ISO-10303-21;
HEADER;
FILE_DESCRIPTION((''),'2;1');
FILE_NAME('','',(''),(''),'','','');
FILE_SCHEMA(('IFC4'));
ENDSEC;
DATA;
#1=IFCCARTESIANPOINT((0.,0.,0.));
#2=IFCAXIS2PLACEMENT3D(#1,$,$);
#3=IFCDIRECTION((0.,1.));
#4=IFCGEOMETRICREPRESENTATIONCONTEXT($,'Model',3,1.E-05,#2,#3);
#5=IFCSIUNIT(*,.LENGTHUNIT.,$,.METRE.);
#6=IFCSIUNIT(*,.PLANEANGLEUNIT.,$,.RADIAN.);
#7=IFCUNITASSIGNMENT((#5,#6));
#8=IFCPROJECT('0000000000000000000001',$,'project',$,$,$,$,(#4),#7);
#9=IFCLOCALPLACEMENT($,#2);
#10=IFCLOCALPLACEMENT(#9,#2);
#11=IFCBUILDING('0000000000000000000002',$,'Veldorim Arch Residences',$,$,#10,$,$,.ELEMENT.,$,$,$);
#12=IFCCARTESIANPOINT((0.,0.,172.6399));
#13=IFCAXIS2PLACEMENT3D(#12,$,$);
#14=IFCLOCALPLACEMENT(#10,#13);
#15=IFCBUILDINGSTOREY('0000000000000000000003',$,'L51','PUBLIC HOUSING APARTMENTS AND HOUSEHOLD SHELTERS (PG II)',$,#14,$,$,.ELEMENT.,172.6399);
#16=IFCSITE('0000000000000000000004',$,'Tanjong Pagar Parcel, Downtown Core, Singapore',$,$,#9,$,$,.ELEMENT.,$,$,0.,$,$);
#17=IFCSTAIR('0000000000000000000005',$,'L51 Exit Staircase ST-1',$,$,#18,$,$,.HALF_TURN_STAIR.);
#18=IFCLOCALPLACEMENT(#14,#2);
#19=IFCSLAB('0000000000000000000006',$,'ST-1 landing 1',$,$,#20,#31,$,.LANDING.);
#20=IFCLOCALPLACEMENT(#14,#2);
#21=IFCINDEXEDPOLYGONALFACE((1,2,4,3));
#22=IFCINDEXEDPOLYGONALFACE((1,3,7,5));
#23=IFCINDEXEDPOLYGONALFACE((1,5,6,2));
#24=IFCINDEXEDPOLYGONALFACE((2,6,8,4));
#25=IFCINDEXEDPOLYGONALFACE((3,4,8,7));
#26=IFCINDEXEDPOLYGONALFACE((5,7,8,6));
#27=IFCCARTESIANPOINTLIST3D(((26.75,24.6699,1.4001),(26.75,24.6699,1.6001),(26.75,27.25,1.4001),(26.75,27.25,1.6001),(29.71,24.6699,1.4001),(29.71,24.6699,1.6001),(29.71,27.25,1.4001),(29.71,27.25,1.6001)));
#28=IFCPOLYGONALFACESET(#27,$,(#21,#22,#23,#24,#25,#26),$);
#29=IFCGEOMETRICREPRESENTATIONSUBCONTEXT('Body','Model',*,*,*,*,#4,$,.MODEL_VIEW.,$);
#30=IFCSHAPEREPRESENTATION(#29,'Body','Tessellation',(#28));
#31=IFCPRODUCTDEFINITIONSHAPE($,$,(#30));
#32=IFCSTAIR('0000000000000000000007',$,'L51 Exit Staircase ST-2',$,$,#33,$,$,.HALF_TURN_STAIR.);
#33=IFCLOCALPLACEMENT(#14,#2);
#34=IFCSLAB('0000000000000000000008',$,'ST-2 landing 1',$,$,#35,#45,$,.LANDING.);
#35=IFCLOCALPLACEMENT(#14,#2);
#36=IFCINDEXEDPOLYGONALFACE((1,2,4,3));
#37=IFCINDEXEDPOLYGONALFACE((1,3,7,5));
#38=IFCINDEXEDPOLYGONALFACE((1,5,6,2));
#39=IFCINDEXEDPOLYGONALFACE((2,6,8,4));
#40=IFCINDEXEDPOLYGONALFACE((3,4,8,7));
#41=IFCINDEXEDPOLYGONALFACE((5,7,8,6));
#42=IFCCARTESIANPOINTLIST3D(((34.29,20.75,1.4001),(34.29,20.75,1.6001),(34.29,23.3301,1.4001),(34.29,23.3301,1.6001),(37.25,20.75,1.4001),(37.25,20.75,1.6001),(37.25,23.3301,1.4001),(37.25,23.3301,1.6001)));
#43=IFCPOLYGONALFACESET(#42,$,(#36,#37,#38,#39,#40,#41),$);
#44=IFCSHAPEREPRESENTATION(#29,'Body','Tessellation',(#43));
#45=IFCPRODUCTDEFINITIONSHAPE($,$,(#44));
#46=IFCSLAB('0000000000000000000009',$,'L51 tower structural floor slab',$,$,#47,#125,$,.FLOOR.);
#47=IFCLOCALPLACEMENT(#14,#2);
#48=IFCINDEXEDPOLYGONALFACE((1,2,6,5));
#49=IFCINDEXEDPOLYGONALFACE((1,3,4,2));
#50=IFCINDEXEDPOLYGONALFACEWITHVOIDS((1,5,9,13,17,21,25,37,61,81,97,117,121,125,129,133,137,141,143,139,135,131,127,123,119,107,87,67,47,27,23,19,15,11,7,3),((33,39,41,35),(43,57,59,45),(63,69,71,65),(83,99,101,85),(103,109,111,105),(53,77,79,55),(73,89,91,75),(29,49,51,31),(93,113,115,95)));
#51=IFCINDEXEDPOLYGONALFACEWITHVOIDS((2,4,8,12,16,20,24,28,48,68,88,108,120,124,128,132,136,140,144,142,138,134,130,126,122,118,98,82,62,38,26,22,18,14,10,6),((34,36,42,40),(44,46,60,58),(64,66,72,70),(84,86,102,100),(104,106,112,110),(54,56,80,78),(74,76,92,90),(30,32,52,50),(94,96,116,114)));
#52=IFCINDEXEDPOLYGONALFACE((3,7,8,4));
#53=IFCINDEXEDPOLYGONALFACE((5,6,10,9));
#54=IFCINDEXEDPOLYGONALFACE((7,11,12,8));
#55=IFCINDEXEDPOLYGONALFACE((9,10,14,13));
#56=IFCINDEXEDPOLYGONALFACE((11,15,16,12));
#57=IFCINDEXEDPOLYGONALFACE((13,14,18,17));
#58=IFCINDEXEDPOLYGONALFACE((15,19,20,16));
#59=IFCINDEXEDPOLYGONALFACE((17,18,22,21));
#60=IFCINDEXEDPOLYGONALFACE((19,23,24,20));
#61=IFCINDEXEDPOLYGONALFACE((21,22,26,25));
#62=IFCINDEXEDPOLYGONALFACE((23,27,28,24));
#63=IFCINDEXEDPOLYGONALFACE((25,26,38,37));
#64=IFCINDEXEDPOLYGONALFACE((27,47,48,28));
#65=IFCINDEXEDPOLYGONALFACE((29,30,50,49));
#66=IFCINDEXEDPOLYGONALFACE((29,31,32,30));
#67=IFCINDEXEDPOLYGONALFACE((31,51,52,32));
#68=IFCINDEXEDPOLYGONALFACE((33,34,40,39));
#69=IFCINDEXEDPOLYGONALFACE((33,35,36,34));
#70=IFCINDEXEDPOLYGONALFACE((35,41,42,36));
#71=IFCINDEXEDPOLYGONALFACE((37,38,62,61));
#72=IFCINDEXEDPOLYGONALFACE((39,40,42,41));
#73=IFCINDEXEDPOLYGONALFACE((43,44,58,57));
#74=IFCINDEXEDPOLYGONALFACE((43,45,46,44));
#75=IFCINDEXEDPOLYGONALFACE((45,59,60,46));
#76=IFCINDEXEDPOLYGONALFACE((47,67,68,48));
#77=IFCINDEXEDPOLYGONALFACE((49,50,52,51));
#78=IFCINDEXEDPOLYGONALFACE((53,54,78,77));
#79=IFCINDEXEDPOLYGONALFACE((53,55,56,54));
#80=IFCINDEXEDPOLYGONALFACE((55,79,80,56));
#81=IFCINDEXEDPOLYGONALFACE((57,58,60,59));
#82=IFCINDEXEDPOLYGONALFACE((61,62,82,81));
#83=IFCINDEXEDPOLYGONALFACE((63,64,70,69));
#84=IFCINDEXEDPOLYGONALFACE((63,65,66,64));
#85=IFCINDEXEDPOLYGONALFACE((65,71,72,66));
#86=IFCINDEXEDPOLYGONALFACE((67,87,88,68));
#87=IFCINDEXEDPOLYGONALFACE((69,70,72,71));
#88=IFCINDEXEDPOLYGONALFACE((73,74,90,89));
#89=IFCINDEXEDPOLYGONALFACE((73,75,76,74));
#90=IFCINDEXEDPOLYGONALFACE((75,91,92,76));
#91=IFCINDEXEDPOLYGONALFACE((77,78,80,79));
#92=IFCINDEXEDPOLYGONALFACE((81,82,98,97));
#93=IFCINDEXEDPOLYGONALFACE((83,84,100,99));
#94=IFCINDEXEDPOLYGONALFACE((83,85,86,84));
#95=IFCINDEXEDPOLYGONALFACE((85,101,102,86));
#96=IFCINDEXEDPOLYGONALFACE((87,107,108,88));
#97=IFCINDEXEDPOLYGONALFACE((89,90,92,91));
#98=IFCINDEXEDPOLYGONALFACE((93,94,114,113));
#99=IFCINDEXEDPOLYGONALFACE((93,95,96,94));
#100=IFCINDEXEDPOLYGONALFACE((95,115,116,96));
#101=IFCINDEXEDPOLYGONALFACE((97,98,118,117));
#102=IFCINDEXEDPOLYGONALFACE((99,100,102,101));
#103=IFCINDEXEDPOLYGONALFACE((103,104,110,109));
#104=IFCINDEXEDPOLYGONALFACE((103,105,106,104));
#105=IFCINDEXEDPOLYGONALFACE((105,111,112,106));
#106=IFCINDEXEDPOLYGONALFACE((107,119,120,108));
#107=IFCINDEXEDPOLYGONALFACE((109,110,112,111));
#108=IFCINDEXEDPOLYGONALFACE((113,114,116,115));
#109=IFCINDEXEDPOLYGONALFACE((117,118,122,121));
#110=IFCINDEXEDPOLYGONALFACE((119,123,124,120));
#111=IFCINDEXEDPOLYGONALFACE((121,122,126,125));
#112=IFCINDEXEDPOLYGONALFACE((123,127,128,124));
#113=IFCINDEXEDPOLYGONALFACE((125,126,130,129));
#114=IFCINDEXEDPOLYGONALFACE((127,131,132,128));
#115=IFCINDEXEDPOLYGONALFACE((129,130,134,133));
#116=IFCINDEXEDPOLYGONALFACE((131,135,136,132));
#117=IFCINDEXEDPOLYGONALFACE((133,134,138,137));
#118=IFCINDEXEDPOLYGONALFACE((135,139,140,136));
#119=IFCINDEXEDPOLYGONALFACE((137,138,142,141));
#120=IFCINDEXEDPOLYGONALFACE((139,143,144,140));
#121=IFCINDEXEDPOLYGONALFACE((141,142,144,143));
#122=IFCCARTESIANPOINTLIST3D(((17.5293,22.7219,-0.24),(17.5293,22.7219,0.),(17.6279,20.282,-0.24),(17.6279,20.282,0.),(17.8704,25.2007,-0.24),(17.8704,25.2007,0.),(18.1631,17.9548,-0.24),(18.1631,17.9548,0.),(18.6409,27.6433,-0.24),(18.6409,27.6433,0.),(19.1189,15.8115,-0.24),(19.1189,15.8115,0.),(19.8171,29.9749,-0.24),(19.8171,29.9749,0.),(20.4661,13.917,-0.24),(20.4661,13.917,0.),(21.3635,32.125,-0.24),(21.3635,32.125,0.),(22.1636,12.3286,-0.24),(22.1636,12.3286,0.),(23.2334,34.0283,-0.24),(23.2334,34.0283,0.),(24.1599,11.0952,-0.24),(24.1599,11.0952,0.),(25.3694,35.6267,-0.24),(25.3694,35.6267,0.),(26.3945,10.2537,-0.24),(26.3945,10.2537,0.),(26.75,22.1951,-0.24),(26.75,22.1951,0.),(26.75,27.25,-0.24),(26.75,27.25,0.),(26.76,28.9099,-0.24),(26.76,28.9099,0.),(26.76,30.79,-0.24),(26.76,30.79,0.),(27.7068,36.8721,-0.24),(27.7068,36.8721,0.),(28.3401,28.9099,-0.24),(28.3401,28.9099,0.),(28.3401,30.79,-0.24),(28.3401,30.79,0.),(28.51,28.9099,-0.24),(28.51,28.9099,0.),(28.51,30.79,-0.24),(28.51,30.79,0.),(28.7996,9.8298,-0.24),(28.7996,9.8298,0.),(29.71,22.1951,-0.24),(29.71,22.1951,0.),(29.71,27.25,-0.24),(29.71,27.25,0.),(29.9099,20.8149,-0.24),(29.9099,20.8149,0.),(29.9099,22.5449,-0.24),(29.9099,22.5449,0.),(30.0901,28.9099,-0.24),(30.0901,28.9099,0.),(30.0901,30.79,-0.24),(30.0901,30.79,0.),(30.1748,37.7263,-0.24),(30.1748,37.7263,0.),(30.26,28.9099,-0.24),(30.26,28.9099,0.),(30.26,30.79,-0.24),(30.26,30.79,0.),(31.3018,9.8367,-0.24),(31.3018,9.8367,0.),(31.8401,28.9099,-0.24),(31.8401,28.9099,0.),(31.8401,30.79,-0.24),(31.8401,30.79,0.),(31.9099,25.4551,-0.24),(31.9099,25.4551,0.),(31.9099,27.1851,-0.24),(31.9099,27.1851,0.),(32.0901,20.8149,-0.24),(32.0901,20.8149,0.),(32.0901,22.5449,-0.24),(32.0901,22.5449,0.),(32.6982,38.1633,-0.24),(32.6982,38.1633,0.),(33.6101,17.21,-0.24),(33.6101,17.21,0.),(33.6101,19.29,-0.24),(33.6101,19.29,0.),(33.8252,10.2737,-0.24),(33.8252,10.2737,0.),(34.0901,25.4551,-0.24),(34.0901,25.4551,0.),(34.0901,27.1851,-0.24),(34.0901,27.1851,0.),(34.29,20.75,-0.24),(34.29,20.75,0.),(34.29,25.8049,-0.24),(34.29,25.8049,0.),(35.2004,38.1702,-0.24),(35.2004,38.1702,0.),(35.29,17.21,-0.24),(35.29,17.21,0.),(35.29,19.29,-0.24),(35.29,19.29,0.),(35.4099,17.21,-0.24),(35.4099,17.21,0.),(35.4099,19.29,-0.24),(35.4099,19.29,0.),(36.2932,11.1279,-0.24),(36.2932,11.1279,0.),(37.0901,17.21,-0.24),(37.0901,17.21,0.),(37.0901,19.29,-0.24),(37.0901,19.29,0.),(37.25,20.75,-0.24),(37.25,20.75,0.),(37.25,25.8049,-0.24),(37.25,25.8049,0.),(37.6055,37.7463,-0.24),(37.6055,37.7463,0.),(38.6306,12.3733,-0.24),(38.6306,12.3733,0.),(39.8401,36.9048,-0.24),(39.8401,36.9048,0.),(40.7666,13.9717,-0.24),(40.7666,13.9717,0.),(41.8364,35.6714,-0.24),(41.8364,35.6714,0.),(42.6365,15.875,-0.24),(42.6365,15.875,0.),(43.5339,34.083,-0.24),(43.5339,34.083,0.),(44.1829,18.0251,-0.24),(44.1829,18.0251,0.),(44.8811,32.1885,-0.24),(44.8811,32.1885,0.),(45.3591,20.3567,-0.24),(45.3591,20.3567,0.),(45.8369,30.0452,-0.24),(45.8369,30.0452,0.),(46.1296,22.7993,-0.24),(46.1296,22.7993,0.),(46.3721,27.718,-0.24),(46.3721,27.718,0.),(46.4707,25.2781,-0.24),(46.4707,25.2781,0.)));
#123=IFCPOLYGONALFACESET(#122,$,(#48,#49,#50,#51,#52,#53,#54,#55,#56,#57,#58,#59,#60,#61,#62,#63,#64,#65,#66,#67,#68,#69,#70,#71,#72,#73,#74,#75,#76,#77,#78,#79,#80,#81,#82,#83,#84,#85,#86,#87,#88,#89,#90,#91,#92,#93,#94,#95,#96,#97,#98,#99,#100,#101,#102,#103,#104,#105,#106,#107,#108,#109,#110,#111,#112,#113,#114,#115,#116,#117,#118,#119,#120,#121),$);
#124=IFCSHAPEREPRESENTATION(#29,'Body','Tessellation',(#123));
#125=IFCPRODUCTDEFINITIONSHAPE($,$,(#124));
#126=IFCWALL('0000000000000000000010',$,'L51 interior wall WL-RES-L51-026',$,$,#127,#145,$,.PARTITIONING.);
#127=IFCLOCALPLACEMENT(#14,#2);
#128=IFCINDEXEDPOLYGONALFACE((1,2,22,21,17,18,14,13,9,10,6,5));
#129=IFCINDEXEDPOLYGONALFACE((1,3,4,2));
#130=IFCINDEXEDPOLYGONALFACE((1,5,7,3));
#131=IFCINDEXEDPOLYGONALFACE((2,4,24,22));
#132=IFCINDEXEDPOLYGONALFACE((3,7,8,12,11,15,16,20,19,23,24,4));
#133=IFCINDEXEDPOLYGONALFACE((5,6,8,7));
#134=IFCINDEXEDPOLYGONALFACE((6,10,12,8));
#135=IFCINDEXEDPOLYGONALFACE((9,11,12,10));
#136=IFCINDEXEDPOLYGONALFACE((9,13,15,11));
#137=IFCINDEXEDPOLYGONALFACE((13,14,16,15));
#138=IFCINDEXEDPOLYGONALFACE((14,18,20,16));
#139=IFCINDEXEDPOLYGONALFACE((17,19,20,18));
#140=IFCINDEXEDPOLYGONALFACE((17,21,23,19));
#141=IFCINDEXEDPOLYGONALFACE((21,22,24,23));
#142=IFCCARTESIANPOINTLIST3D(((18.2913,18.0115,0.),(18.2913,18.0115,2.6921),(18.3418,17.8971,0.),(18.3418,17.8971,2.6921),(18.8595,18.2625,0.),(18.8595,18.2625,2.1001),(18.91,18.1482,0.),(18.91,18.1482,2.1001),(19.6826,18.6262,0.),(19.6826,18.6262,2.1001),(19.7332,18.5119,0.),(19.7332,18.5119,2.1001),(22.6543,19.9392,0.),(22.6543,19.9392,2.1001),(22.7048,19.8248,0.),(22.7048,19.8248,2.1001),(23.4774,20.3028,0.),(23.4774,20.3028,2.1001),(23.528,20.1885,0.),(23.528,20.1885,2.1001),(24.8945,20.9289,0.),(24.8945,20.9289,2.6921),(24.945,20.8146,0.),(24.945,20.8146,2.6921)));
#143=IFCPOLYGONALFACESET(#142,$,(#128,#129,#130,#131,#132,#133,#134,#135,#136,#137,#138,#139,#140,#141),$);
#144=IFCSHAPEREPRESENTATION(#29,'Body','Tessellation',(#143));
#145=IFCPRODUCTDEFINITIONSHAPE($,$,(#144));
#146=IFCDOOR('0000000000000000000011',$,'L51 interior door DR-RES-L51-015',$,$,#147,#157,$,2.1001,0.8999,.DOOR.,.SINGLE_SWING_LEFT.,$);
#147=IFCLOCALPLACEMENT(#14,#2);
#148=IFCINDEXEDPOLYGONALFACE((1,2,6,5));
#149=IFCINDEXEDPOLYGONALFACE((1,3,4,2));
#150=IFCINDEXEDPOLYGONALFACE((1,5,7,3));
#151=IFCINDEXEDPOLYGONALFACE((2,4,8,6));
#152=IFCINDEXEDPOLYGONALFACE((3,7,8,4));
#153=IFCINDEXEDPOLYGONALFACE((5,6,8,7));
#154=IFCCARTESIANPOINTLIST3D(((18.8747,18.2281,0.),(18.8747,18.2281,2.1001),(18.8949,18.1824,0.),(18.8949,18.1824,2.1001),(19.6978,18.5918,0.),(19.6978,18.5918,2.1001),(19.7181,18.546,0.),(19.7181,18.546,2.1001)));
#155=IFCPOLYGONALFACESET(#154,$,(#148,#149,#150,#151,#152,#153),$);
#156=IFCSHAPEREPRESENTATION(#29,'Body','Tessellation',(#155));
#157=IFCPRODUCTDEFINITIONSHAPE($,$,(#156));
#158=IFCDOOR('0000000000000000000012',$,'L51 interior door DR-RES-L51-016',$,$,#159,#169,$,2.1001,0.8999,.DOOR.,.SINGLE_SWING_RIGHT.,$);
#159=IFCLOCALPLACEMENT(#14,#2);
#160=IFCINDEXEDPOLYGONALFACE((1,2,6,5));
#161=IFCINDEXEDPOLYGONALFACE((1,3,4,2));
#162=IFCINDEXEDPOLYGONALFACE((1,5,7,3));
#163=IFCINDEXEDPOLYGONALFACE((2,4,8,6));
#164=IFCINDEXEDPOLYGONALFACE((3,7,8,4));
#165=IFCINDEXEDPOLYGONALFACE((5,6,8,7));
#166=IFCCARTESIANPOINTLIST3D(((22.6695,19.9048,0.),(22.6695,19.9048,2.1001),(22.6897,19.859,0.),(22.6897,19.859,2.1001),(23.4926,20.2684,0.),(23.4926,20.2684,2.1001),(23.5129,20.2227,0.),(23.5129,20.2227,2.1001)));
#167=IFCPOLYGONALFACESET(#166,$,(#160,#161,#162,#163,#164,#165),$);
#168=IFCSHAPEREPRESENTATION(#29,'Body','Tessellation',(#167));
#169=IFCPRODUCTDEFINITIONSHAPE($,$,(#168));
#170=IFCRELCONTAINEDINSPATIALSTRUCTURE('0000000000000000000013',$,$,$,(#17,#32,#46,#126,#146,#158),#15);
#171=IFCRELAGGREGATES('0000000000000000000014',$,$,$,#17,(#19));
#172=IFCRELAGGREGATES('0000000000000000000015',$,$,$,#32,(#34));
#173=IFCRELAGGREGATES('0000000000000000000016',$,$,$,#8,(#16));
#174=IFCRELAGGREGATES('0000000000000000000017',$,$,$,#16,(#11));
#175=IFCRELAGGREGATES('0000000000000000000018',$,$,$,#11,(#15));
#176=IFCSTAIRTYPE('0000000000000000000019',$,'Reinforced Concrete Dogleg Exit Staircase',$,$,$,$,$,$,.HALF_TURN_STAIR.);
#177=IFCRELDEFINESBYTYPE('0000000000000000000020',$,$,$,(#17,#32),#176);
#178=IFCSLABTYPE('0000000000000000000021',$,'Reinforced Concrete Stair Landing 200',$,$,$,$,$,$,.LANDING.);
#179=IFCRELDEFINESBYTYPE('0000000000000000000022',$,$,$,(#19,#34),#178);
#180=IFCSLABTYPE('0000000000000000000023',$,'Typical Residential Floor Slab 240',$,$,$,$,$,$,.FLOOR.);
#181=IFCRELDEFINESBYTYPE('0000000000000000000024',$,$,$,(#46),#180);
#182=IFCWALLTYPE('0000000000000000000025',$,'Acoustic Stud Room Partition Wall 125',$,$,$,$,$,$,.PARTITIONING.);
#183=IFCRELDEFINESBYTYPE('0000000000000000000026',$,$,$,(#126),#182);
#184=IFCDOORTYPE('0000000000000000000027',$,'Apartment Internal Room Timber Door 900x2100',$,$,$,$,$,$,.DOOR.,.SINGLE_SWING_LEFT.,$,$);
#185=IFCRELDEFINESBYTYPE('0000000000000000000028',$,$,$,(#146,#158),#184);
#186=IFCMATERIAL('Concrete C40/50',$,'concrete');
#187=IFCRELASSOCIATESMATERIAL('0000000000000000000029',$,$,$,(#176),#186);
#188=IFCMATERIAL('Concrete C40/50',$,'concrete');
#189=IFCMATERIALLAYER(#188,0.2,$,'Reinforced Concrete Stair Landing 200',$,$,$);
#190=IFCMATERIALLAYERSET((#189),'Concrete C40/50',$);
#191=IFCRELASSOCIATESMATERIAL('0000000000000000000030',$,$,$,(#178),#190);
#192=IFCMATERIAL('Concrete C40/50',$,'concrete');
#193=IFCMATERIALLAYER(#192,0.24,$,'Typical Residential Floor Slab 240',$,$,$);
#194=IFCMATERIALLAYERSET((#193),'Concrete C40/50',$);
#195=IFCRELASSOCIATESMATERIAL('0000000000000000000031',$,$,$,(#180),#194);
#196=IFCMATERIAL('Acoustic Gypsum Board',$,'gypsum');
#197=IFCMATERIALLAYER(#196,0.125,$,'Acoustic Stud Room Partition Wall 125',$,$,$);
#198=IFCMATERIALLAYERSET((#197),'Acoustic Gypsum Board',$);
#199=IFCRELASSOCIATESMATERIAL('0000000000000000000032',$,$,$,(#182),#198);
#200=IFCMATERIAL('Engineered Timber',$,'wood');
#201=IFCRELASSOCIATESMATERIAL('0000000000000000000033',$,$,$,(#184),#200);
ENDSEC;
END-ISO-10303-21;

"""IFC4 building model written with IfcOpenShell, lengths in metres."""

from ifc_helpers import new_model, si_unit, direction, frame, frame_2d, origin, place, context, subcontext, project, spatial, polyline, rectangle, outline, extrude, material, layer, layer_set, type_object, element, fill, aggregate, save


model = new_model("IFC4")

# Units and contexts
model_context = context("Model", 3, precision=1e-05, world=origin(), true_north=direction((0.0, 1.0)))
body_context = subcontext(model_context, "Body", "Model", "MODEL_VIEW")
ifc_project = project(units=[si_unit("LENGTHUNIT", "METRE"), si_unit("PLANEANGLEUNIT", "RADIAN")], contexts=[model_context])

# Site, building, storey
site_placement = place(None, origin())
site = spatial("IfcSite", under=ifc_project, at=site_placement, Name="Tanjong Pagar Parcel, Downtown Core, Singapore", CompositionType="ELEMENT", RefElevation=0.0)
building_placement = place(site_placement, origin())
building = spatial("IfcBuilding", under=site, at=building_placement, Name="Veldorim Arch Residences", CompositionType="ELEMENT")
storey_placement = place(building_placement, frame((0.0, 0.0, 172.6399)))
storey = spatial("IfcBuildingStorey", under=building, at=storey_placement, Name="L51", Description="PUBLIC HOUSING APARTMENTS AND HOUSEHOLD SHELTERS (PG II)", CompositionType="ELEMENT", Elevation=172.6399)

# Stairs, slabs
ifc_material_1 = material(Name="Concrete C40/50", Category="concrete")
stair_type = type_object("IfcStairType", Name="Reinforced Concrete Dogleg Exit Staircase", PredefinedType="HALF_TURN_STAIR", material=ifc_material_1)
stair_1_placement = place(storey_placement, origin())
stair_1 = element("IfcStair", 1, at=stair_1_placement, inside=storey, type_object=stair_type, Name="L51 Exit Staircase ST-1", PredefinedType="HALF_TURN_STAIR")
ifc_material_2 = material(Name="Concrete C40/50", Category="concrete")
ifc_layer_1 = layer(ifc_material_2, 0.2, Name="Reinforced Concrete Stair Landing 200")
ifc_layer_set_1 = layer_set([ifc_layer_1], Name="Concrete C40/50")
slab_type_1 = type_object("IfcSlabType", Name="Reinforced Concrete Stair Landing 200", PredefinedType="LANDING", material=ifc_layer_set_1)
slab_1_placement = place(storey_placement, frame((0.0, 0.0, 1.4001)))
slab_1 = element("IfcSlab", 2, at=slab_1_placement, type_object=slab_type_1, Name="ST-1 landing 1", PredefinedType="LANDING", context=body_context, shape_type="SweptSolid", body=[
    extrude(outline(polyline([(29.71, 24.6699), (29.71, 27.25), (26.75, 27.25), (26.75, 24.6699), (29.71, 24.6699)])), origin(), (0.0, 0.0, 1.0), 0.2),
])
aggregate(stair_1, [slab_1])
stair_2_placement = place(storey_placement, origin())
stair_2 = element("IfcStair", 3, at=stair_2_placement, inside=storey, type_object=stair_type, Name="L51 Exit Staircase ST-2", PredefinedType="HALF_TURN_STAIR")
slab_2_placement = place(storey_placement, frame((0.0, 0.0, 1.4001)))
slab_2 = element("IfcSlab", 4, at=slab_2_placement, type_object=slab_type_1, Name="ST-2 landing 1", PredefinedType="LANDING", context=body_context, shape_type="SweptSolid", body=[
    extrude(outline(polyline([(34.29, 23.3301), (34.29, 20.75), (37.25, 20.75), (37.25, 23.3301), (34.29, 23.3301)])), origin(), (0.0, 0.0, 1.0), 0.2),
])
aggregate(stair_2, [slab_2])

# Slab
ifc_material_3 = material(Name="Concrete C40/50", Category="concrete")
ifc_layer_2 = layer(ifc_material_3, 0.24, Name="Typical Residential Floor Slab 240")
ifc_layer_set_2 = layer_set([ifc_layer_2], Name="Concrete C40/50")
slab_type_2 = type_object("IfcSlabType", Name="Typical Residential Floor Slab 240", PredefinedType="FLOOR", material=ifc_layer_set_2)
slab_3_placement = place(storey_placement, frame((0.0, 0.0, -0.24)))
element("IfcSlab", 5, at=slab_3_placement, inside=storey, type_object=slab_type_2, Name="L51 tower structural floor slab", PredefinedType="FLOOR", context=body_context, shape_type="SweptSolid", body=[
    extrude(outline(polyline([(43.5339, 34.083), (41.8364, 35.6714), (39.8401, 36.9048), (37.6055, 37.7463), (35.2004, 38.1702), (32.6982, 38.1633), (30.1748, 37.7263), (27.7068, 36.8721), (25.3694, 35.6267), (23.2334, 34.0283), (21.3635, 32.125), (19.8171, 29.9749), (18.6409, 27.6433), (17.8704, 25.2007), (17.5293, 22.7219), (17.6279, 20.282), (18.1631, 17.9548), (19.1189, 15.8115), (20.4661, 13.917), (22.1636, 12.3286), (24.1599, 11.0952), (26.3945, 10.2537), (28.7996, 9.8298), (31.3018, 9.8367), (33.8252, 10.2737), (36.2932, 11.1279), (38.6306, 12.3733), (40.7666, 13.9717), (42.6365, 15.875), (44.1829, 18.0251), (45.3591, 20.3567), (46.1296, 22.7993), (46.4707, 25.2781), (46.3721, 27.718), (45.8369, 30.0452), (44.8811, 32.1885), (43.5339, 34.083)]), holes=[polyline([(33.6101, 17.21), (33.6101, 19.29), (35.29, 19.29), (35.29, 17.21), (33.6101, 17.21)]), polyline([(35.4099, 17.21), (35.4099, 19.29), (37.0901, 19.29), (37.0901, 17.21), (35.4099, 17.21)]), polyline([(29.9099, 20.8149), (29.9099, 22.5449), (32.0901, 22.5449), (32.0901, 20.8149), (29.9099, 20.8149)]), polyline([(34.29, 20.75), (34.29, 25.8049), (37.25, 25.8049), (37.25, 20.75), (34.29, 20.75)]), polyline([(26.75, 22.1951), (26.75, 27.25), (29.71, 27.25), (29.71, 22.1951), (26.75, 22.1951)]), polyline([(31.9099, 25.4551), (31.9099, 27.1851), (34.0901, 27.1851), (34.0901, 25.4551), (31.9099, 25.4551)]), polyline([(26.76, 28.9099), (26.76, 30.79), (28.3401, 30.79), (28.3401, 28.9099), (26.76, 28.9099)]), polyline([(28.51, 30.79), (30.0901, 30.79), (30.0901, 28.9099), (28.51, 28.9099), (28.51, 30.79)]), polyline([(30.26, 30.79), (31.8401, 30.79), (31.8401, 28.9099), (30.26, 28.9099), (30.26, 30.79)])]), origin(), (0.0, 0.0, 1.0), 0.24),
])

# Wall, openings, doors
ifc_material_4 = material(Name="Acoustic Gypsum Board", Category="gypsum")
ifc_layer_3 = layer(ifc_material_4, 0.125, Name="Acoustic Stud Room Partition Wall 125")
ifc_layer_set_3 = layer_set([ifc_layer_3], Name="Acoustic Gypsum Board")
wall_type_1 = type_object("IfcWallType", Name="Acoustic Stud Room Partition Wall 125", PredefinedType="PARTITIONING", material=ifc_layer_set_3)
wall_1_placement = place(storey_placement, frame((18.3167, 17.9543, 0.0), z_axis=(0.0, 0.0, 1.0), x_axis=(0.914699, 0.404136, 0.0)))
wall_1 = element("IfcWall", 6, at=wall_1_placement, inside=storey, type_object=wall_type_1, Name="L51 interior wall WL-RES-L51-026", PredefinedType="PARTITIONING", context=body_context, shape_type="SweptSolid", body=[
    extrude(rectangle(XDim=7.219, YDim=0.125, at=frame_2d((3.6094, 0.0))), origin(), (0.0, 0.0, 1.0), 2.6921),
])
opening_1_placement = place(wall_1_placement, frame((0.6211, 0.0, 0.0)))
opening_1 = element("IfcOpeningElement", 7, at=opening_1_placement, cuts=wall_1, PredefinedType="OPENING", context=body_context, shape_type="SweptSolid", body=[
    extrude(rectangle(XDim=0.8999, YDim=2.1001, at=frame_2d((0.45, 1.05))), frame((0.0, 0.0725, 0.0), z_axis=(0.0, -1.0, 0.0), x_axis=(1.0, 0.0, 0.0)), (0.0, 0.0, 1.0), 0.145),
])
opening_2_placement = place(wall_1_placement, frame((4.7698, 0.0, 0.0)))
opening_2 = element("IfcOpeningElement", 8, at=opening_2_placement, cuts=wall_1, PredefinedType="OPENING", context=body_context, shape_type="SweptSolid", body=[
    extrude(rectangle(XDim=0.8999, YDim=2.1001, at=frame_2d((0.45, 1.05))), frame((0.0, 0.0725, 0.0), z_axis=(0.0, -1.0, 0.0), x_axis=(1.0, 0.0, 0.0)), (0.0, 0.0, 1.0), 0.145),
])
ifc_material_5 = material(Name="Engineered Timber", Category="wood")
door_type_1 = type_object("IfcDoorType", Name="Apartment Internal Room Timber Door 900x2100", OperationType="SINGLE_SWING_LEFT", PredefinedType="DOOR", material=ifc_material_5)
door_1_placement = place(opening_1_placement, origin())
door_1 = element("IfcDoor", 9, at=door_1_placement, inside=storey, type_object=door_type_1, Name="L51 interior door DR-RES-L51-015", OperationType="SINGLE_SWING_LEFT", OverallHeight=2.1001, OverallWidth=0.8999, PredefinedType="DOOR", context=body_context, shape_type="SweptSolid", body=[
    extrude(rectangle(XDim=0.8999, YDim=2.1001, at=frame_2d((0.45, 1.05))), frame((0.0, 0.0249, 0.0), z_axis=(0.0, -1.0, 0.0), x_axis=(1.0, 0.0, 0.0)), (0.0, 0.0, 1.0), 0.05),
])
fill(opening_1, door_1)
door_2_placement = place(opening_2_placement, origin())
door_2 = element("IfcDoor", 10, at=door_2_placement, inside=storey, type_object=door_type_1, Name="L51 interior door DR-RES-L51-016", OperationType="SINGLE_SWING_RIGHT", OverallHeight=2.1001, OverallWidth=0.8999, PredefinedType="DOOR", context=body_context, shape_type="SweptSolid", body=[
    extrude(rectangle(XDim=0.8999, YDim=2.1001, at=frame_2d((0.45, 1.05))), frame((0.0, 0.0249, 0.0), z_axis=(0.0, -1.0, 0.0), x_axis=(1.0, 0.0, 0.0)), (0.0, 0.0, 1.0), 0.05),
])
fill(opening_2, door_2)

save(model, "model.ifc")
